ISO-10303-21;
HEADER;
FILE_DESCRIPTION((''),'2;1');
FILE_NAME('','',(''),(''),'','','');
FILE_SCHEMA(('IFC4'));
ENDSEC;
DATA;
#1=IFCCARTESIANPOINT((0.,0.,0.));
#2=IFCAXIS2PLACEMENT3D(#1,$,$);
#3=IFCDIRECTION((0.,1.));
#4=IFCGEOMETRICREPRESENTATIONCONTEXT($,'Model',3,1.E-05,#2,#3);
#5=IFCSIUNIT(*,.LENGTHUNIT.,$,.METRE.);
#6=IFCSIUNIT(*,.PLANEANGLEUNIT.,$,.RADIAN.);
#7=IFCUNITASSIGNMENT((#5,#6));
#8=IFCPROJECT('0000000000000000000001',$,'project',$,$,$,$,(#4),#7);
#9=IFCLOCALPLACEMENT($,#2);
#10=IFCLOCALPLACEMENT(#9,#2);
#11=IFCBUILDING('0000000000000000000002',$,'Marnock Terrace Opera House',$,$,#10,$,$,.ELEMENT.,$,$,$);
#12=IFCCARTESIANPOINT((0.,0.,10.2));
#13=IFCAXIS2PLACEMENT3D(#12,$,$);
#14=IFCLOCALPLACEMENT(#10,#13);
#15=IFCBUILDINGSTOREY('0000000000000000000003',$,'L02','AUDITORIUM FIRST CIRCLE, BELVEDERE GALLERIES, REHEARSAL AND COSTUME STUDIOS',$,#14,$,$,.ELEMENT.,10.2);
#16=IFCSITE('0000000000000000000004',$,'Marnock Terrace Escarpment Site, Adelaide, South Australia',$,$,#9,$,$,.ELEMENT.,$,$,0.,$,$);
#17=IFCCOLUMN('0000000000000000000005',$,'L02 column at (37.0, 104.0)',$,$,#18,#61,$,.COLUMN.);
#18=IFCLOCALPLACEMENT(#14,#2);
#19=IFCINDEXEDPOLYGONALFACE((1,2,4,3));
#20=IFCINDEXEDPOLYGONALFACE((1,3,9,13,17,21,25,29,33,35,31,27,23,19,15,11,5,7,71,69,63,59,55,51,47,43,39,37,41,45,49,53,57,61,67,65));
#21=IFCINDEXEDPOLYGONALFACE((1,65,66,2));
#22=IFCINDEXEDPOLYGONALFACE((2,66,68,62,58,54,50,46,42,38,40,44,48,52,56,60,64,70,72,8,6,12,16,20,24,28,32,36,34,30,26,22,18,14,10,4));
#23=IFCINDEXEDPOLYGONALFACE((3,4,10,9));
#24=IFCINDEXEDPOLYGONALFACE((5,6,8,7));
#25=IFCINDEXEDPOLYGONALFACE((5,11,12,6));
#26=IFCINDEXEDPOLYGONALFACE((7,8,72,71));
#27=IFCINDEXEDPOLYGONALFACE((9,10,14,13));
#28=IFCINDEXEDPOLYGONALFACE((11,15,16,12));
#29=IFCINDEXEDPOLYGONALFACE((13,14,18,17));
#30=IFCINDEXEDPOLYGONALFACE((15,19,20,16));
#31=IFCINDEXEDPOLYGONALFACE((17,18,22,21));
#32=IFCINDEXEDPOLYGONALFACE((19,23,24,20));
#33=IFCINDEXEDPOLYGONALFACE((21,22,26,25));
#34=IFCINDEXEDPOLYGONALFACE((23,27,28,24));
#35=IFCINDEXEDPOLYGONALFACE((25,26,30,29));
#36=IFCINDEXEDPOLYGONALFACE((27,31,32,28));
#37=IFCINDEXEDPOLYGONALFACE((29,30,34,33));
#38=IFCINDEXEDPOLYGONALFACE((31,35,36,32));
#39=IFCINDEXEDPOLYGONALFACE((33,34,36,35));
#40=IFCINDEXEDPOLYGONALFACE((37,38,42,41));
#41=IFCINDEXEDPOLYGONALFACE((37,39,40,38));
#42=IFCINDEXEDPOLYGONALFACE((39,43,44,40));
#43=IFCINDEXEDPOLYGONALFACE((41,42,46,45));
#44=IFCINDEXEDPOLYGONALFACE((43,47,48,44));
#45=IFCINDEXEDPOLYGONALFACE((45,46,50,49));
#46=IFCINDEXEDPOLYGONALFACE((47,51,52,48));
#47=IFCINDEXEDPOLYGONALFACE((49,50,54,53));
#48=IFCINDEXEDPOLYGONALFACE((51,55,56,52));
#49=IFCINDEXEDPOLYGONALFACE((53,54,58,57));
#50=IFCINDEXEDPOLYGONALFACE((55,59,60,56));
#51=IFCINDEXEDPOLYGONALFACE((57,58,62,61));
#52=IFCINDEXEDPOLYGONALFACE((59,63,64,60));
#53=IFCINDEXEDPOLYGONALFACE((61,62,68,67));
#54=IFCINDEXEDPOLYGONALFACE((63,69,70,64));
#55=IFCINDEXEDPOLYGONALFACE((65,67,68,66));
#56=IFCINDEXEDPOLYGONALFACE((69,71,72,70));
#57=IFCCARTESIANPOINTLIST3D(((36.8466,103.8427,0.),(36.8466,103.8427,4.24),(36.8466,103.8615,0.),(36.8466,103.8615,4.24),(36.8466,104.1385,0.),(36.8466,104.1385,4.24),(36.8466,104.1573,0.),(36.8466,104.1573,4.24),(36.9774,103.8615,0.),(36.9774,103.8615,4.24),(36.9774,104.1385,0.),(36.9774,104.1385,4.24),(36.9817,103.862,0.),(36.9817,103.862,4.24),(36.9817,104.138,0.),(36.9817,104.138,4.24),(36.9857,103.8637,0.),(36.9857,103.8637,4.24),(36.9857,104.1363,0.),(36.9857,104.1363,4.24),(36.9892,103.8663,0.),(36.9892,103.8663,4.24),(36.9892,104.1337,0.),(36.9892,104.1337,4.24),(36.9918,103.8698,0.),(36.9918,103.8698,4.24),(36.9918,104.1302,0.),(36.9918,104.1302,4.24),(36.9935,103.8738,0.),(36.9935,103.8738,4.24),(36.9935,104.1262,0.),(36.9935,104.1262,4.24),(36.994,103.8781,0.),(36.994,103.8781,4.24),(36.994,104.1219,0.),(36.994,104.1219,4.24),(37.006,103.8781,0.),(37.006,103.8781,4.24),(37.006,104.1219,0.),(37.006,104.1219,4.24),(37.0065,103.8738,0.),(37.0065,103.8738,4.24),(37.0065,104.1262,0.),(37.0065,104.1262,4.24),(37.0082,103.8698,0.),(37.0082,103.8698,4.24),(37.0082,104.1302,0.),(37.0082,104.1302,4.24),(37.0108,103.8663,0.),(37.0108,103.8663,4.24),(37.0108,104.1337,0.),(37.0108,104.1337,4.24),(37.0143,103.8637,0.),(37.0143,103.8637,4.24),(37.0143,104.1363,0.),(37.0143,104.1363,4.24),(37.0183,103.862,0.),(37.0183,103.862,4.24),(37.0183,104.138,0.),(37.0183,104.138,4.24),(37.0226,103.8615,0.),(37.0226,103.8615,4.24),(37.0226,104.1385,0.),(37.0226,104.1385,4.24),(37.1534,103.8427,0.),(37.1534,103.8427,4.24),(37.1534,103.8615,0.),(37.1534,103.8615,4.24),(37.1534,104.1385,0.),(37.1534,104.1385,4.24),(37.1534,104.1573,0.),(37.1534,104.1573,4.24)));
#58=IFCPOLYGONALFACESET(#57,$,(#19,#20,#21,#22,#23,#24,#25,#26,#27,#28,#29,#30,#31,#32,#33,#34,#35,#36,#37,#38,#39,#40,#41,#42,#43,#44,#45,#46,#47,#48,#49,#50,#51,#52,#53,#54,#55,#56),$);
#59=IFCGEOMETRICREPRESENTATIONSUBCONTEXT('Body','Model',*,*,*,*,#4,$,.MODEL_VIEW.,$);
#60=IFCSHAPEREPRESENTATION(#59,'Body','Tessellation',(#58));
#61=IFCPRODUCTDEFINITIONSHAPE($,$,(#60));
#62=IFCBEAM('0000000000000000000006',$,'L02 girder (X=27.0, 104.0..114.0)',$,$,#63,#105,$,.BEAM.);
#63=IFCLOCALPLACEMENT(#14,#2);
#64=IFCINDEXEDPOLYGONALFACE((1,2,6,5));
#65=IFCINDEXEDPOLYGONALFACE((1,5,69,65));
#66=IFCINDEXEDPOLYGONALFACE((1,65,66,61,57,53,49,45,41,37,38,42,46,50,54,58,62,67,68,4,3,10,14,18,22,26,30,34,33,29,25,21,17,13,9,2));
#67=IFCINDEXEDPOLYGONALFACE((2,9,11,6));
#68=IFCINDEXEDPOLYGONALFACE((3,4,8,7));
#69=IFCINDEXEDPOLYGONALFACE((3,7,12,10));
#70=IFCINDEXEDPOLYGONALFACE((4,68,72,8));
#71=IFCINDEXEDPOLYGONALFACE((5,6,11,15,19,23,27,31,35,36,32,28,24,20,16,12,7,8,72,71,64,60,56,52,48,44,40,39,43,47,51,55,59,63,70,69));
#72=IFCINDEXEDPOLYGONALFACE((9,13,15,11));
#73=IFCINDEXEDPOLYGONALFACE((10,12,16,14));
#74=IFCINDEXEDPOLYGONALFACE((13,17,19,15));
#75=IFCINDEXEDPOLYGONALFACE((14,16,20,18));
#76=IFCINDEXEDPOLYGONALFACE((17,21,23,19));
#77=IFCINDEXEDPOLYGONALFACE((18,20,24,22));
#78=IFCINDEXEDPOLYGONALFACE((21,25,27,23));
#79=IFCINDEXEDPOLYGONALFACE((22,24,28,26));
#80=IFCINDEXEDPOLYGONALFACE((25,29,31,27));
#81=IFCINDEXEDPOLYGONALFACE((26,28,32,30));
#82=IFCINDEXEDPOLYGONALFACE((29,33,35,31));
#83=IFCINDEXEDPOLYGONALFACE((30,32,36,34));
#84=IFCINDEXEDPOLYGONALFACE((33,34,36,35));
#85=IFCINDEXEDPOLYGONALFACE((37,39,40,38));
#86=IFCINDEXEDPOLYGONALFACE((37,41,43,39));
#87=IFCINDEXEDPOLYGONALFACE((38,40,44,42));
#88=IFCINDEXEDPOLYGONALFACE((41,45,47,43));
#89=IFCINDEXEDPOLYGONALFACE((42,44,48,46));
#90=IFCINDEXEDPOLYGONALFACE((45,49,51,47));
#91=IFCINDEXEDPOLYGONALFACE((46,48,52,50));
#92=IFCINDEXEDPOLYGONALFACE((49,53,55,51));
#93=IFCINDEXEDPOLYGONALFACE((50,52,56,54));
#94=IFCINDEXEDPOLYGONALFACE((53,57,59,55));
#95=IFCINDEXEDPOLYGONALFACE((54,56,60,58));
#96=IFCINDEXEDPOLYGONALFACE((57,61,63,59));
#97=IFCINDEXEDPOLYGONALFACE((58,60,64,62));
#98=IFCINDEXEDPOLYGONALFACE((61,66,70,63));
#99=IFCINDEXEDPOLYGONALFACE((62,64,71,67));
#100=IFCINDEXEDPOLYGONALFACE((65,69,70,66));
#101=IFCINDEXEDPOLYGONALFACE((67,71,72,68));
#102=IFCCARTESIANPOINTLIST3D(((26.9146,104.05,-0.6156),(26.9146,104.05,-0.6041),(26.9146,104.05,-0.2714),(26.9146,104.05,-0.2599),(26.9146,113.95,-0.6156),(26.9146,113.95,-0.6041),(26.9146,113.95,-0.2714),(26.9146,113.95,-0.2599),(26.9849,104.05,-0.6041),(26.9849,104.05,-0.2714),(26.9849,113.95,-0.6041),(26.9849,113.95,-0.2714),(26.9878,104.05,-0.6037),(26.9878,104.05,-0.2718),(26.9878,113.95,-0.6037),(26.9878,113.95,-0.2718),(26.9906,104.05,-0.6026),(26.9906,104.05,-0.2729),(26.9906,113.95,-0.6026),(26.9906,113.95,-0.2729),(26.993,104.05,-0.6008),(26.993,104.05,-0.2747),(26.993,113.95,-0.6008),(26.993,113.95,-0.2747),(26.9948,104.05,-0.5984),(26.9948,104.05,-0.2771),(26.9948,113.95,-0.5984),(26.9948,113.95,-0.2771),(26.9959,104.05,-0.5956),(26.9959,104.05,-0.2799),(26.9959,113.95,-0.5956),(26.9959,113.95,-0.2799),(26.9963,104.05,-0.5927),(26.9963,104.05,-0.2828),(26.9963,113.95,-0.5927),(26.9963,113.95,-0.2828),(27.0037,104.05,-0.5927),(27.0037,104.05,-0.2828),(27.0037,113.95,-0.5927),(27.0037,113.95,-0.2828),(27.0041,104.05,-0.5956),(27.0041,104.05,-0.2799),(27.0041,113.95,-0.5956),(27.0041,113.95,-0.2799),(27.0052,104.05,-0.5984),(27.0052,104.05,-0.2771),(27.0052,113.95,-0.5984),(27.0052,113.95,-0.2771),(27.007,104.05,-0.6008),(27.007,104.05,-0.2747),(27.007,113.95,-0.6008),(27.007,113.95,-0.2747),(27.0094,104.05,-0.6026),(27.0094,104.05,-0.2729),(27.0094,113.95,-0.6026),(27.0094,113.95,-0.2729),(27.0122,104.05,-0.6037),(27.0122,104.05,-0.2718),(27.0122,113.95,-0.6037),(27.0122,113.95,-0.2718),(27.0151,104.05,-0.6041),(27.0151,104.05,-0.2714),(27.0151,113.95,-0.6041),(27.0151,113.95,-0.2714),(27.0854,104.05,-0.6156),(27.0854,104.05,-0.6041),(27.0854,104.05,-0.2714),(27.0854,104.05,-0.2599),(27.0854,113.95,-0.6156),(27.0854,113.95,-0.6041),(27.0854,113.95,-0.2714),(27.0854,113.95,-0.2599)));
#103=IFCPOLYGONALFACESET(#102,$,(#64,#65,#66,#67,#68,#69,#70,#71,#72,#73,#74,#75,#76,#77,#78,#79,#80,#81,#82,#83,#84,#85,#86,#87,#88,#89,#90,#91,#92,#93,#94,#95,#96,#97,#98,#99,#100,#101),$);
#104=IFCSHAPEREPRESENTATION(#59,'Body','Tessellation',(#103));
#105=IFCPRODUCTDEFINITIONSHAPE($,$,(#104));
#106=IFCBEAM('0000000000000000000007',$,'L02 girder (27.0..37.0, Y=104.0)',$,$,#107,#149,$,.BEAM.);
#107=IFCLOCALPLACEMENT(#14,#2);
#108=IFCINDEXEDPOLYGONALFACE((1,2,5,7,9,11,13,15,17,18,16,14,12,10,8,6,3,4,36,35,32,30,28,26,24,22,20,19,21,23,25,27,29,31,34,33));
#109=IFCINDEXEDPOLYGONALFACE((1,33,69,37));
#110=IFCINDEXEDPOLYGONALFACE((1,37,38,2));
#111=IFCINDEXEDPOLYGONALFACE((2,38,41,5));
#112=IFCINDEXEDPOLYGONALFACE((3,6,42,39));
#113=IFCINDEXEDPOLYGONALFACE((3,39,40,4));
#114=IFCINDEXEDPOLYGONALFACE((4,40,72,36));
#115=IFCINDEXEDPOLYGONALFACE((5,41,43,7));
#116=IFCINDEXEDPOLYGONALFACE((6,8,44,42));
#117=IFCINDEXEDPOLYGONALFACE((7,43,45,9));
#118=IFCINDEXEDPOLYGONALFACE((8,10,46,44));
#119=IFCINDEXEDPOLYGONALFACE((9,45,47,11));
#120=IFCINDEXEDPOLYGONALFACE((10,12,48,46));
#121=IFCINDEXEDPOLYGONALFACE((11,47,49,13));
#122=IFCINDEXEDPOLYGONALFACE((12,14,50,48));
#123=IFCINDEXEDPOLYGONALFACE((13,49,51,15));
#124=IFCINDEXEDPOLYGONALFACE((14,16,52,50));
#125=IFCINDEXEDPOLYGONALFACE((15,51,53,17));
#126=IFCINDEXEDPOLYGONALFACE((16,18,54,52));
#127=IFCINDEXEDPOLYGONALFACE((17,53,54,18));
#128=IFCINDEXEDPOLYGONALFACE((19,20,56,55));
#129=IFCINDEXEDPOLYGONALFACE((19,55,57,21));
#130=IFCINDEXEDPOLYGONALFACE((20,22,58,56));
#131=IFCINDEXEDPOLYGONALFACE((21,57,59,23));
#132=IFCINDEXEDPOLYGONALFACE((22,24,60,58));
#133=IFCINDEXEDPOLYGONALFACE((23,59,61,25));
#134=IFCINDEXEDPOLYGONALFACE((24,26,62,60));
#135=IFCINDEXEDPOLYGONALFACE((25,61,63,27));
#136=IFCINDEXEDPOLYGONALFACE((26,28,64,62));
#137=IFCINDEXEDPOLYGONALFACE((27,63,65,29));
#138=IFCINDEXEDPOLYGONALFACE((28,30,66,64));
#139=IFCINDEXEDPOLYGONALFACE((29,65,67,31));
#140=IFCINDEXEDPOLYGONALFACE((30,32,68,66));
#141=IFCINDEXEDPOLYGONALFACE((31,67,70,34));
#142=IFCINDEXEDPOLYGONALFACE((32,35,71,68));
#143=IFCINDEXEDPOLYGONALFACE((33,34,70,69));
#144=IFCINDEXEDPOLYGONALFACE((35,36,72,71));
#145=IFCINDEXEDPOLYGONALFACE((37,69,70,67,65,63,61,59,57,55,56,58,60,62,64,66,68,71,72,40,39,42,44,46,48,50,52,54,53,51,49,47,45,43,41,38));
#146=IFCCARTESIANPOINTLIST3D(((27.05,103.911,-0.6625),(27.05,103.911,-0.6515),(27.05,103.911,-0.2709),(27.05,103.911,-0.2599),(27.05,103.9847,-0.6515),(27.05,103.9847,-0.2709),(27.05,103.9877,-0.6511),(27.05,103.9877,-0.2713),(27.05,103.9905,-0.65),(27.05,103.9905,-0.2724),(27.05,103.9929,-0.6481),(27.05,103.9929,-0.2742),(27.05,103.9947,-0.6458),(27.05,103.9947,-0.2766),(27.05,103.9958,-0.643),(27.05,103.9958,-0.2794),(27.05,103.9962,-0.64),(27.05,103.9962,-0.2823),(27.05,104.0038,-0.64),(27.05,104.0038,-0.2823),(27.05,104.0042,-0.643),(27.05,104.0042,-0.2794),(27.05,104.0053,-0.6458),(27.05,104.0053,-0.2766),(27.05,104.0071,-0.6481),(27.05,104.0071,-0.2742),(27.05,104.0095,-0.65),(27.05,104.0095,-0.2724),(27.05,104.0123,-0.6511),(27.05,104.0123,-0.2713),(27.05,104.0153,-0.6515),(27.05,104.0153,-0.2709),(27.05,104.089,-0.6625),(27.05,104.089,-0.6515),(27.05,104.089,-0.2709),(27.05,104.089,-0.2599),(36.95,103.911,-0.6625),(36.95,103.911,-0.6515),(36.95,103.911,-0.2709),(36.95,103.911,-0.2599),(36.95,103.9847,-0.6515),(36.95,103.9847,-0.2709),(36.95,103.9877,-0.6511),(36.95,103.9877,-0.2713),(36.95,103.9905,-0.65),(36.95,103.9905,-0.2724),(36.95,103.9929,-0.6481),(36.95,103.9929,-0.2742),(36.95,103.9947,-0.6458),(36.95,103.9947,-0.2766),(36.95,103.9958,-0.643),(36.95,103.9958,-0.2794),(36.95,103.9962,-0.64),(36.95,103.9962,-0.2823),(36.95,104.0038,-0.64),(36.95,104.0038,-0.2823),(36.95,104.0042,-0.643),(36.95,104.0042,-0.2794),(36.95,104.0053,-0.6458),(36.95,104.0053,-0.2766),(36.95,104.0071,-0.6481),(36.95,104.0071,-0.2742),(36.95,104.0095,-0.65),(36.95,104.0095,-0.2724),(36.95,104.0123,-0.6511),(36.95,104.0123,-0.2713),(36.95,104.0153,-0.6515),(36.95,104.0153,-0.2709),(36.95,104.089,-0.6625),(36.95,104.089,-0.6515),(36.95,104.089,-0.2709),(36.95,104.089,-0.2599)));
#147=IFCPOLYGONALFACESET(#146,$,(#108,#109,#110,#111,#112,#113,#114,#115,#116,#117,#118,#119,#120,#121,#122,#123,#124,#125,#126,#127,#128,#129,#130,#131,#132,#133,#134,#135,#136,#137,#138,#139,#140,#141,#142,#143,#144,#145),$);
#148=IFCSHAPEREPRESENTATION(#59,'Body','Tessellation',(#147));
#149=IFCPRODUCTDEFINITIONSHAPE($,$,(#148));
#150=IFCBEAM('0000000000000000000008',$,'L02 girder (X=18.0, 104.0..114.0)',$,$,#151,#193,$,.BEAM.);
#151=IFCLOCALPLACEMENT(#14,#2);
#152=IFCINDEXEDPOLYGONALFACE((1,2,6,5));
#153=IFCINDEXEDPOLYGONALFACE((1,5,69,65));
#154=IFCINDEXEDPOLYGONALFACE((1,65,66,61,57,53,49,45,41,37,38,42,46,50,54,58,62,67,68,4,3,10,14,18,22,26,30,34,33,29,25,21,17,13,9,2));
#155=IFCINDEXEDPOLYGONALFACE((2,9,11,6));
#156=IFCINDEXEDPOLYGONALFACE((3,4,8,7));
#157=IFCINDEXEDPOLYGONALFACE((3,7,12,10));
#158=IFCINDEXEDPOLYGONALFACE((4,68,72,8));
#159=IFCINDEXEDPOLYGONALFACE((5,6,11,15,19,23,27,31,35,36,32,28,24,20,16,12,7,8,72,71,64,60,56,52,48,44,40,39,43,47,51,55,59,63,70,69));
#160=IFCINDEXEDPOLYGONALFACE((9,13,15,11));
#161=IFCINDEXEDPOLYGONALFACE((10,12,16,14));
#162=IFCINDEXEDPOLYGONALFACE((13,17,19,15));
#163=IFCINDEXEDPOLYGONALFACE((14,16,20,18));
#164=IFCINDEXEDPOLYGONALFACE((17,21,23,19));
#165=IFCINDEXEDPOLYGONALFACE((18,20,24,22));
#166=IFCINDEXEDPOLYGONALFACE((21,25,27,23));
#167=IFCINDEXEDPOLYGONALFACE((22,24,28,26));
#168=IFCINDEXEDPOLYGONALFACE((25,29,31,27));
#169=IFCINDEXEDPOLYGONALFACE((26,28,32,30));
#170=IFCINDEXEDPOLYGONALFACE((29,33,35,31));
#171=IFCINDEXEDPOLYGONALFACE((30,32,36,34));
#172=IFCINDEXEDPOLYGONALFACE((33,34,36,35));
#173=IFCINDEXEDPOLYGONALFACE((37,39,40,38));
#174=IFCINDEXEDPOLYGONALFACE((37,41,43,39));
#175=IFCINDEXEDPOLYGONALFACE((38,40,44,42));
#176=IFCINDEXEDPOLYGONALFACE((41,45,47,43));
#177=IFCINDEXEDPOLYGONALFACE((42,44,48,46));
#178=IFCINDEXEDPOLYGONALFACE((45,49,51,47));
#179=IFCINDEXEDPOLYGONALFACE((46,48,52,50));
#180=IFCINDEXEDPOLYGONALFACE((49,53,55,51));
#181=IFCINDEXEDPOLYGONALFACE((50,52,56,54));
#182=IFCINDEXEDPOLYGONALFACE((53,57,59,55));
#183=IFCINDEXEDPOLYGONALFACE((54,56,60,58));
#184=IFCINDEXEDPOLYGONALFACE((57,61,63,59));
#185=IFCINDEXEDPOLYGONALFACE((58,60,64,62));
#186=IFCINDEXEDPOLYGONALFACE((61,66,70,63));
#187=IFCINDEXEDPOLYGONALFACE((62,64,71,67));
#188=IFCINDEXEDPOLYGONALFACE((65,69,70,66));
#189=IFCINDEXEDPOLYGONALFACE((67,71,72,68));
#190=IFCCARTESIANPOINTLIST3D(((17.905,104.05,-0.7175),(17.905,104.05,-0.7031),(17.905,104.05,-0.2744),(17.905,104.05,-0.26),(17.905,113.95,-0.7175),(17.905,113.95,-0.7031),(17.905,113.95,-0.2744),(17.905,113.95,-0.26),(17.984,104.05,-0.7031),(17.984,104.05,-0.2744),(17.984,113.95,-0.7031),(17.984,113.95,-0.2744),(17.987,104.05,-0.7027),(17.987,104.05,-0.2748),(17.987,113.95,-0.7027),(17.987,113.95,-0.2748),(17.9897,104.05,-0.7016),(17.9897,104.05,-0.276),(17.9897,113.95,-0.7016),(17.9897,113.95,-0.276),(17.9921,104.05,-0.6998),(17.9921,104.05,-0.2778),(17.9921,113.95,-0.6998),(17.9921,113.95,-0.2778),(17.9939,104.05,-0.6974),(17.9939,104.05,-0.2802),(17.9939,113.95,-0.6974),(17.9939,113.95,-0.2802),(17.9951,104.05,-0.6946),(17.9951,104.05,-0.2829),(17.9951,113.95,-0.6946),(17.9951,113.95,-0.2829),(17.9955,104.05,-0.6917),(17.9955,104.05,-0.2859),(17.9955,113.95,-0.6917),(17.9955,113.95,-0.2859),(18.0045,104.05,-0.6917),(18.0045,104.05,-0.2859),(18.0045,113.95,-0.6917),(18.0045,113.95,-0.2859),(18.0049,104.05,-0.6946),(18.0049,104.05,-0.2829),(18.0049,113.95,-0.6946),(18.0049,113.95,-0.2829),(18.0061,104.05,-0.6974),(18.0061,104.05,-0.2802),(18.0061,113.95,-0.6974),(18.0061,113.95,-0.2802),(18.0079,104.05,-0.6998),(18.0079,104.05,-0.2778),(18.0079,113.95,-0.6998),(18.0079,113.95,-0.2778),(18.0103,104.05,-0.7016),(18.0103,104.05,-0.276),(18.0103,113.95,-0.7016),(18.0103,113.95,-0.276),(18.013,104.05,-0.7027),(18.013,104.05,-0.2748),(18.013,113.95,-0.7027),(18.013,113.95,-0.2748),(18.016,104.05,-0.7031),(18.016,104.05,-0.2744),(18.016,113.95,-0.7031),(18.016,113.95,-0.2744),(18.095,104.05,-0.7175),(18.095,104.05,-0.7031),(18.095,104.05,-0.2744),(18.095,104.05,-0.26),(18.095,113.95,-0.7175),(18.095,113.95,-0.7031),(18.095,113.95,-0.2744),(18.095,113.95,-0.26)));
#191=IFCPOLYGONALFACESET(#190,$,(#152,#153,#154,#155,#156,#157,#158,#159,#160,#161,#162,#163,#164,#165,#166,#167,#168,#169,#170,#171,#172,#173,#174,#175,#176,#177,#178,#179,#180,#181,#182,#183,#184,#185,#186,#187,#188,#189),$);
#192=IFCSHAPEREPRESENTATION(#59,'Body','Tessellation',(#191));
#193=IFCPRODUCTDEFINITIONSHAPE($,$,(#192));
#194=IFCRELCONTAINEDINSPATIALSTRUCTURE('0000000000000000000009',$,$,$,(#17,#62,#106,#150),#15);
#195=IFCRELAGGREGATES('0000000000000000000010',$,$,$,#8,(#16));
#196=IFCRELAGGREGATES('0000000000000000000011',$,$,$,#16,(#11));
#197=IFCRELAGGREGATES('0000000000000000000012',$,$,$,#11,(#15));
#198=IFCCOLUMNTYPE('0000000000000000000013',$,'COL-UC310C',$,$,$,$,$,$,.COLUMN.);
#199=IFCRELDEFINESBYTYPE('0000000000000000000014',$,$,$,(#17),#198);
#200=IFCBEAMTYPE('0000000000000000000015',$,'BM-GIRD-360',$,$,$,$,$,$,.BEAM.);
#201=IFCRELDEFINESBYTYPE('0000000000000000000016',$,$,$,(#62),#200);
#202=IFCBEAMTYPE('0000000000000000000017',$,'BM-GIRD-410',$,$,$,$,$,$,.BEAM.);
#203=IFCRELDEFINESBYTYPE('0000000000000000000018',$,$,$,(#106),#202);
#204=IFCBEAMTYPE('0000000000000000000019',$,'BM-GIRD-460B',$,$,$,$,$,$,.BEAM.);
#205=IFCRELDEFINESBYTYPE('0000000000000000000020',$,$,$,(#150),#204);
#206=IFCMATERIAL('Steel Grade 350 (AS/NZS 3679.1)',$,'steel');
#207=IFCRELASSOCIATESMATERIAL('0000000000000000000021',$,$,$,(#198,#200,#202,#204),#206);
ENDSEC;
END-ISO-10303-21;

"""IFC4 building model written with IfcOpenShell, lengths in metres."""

from ifc_helpers import new_model, si_unit, direction, frame, origin, origin_2d, place, context, subcontext, project, spatial, i_section, extrude, material, material_profile, profile_set, type_object, element, save


model = new_model("IFC4")

# Units and contexts
model_context = context("Model", 3, precision=1e-05, world=origin(), true_north=direction((0.0, 1.0)))
body_context = subcontext(model_context, "Body", "Model", "MODEL_VIEW")
ifc_project = project(units=[si_unit("LENGTHUNIT", "METRE"), si_unit("PLANEANGLEUNIT", "RADIAN")], contexts=[model_context])

# Site, building, storey
site_placement = place(None, origin())
site = spatial("IfcSite", under=ifc_project, at=site_placement, Name="Marnock Terrace Escarpment Site, Adelaide, South Australia", CompositionType="ELEMENT", RefElevation=0.0)
building_placement = place(site_placement, origin())
building = spatial("IfcBuilding", under=site, at=building_placement, Name="Marnock Terrace Opera House", CompositionType="ELEMENT")
storey_placement = place(building_placement, frame((0.0, 0.0, 10.2)))
storey = spatial("IfcBuildingStorey", under=building, at=storey_placement, Name="L02", Description="AUDITORIUM FIRST CIRCLE, BELVEDERE GALLERIES, REHEARSAL AND COSTUME STUDIOS", CompositionType="ELEMENT", Elevation=10.2)

# Column
ifc_material_1 = material(Name="Steel Grade 350 (AS/NZS 3679.1)", Category="steel")
ifc_material_profile_1 = material_profile(ifc_material_1, i_section(OverallWidth=0.3069, OverallDepth=0.3147, WebThickness=0.012, FlangeThickness=0.0188, FilletRadius=0.0166, at=origin_2d()))
ifc_profile_set_1 = profile_set([ifc_material_profile_1], Name="Steel Grade 350 (AS/NZS 3679.1)")
column_type = type_object("IfcColumnType", Name="COL-UC310C", PredefinedType="COLUMN", material=ifc_profile_set_1)
column_placement = place(storey_placement, frame((37.0, 104.0, 0.0), z_axis=(0.0, 0.0, 1.0), x_axis=(1.0, 0.0, 0.0)))
element("IfcColumn", 1, at=column_placement, inside=storey, type_object=column_type, Name="L02 column at (37.0, 104.0)", PredefinedType="COLUMN", context=body_context, shape_type="SweptSolid", body=[
    extrude(i_section(OverallWidth=0.3069, OverallDepth=0.3147, WebThickness=0.012, FlangeThickness=0.0188, FilletRadius=0.0166, at=origin_2d()), origin(), (0.0, 0.0, 1.0), 4.24),
])

# Beams
ifc_material_profile_2 = material_profile(ifc_material_1, i_section(OverallWidth=0.1709, OverallDepth=0.3557, WebThickness=0.0073, FlangeThickness=0.0115, FilletRadius=0.0115, at=origin_2d()))
ifc_profile_set_2 = profile_set([ifc_material_profile_2], Name="Steel Grade 350 (AS/NZS 3679.1)")
beam_type_1 = type_object("IfcBeamType", Name="BM-GIRD-360", PredefinedType="BEAM", material=ifc_profile_set_2)
beam_1_placement = place(storey_placement, frame((27.0, 104.05, -0.4377), z_axis=(0.0, 1.0, 0.0), x_axis=(-1.0, 0.0, 0.0)))
element("IfcBeam", 2, at=beam_1_placement, inside=storey, type_object=beam_type_1, Name="L02 girder (X=27.0, 104.0..114.0)", PredefinedType="BEAM", context=body_context, shape_type="SweptSolid", body=[
    extrude(i_section(OverallWidth=0.1709, OverallDepth=0.3557, WebThickness=0.0073, FlangeThickness=0.0115, FilletRadius=0.0115, at=origin_2d()), origin(), (0.0, 0.0, 1.0), 9.8999),
])
ifc_material_profile_3 = material_profile(ifc_material_1, i_section(OverallWidth=0.178, OverallDepth=0.4026, WebThickness=0.0076, FlangeThickness=0.011, FilletRadius=0.0115, at=origin_2d()))
ifc_profile_set_3 = profile_set([ifc_material_profile_3], Name="Steel Grade 350 (AS/NZS 3679.1)")
beam_type_2 = type_object("IfcBeamType", Name="BM-GIRD-410", PredefinedType="BEAM", material=ifc_profile_set_3)
beam_2_placement = place(storey_placement, frame((27.05, 104.0, -0.4612), z_axis=(1.0, 0.0, 0.0), x_axis=(0.0, 1.0, 0.0)))
element("IfcBeam", 3, at=beam_2_placement, inside=storey, type_object=beam_type_2, Name="L02 girder (27.0..37.0, Y=104.0)", PredefinedType="BEAM", context=body_context, shape_type="SweptSolid", body=[
    extrude(i_section(OverallWidth=0.178, OverallDepth=0.4026, WebThickness=0.0076, FlangeThickness=0.011, FilletRadius=0.0115, at=origin_2d()), origin(), (0.0, 0.0, 1.0), 9.8999),
])
ifc_material_profile_4 = material_profile(ifc_material_1, i_section(OverallWidth=0.1899, OverallDepth=0.4575, WebThickness=0.009, FlangeThickness=0.0144, FilletRadius=0.0115, at=origin_2d()))
ifc_profile_set_4 = profile_set([ifc_material_profile_4], Name="Steel Grade 350 (AS/NZS 3679.1)")
beam_type_3 = type_object("IfcBeamType", Name="BM-GIRD-460B", PredefinedType="BEAM", material=ifc_profile_set_4)
beam_3_placement = place(storey_placement, frame((18.0, 104.05, -0.4888), z_axis=(0.0, 1.0, 0.0), x_axis=(-1.0, 0.0, 0.0)))
element("IfcBeam", 4, at=beam_3_placement, inside=storey, type_object=beam_type_3, Name="L02 girder (X=18.0, 104.0..114.0)", PredefinedType="BEAM", context=body_context, shape_type="SweptSolid", body=[
    extrude(i_section(OverallWidth=0.1899, OverallDepth=0.4575, WebThickness=0.009, FlangeThickness=0.0144, FilletRadius=0.0115, at=origin_2d()), origin(), (0.0, 0.0, 1.0), 9.8999),
])

save(model, "model.ifc")
